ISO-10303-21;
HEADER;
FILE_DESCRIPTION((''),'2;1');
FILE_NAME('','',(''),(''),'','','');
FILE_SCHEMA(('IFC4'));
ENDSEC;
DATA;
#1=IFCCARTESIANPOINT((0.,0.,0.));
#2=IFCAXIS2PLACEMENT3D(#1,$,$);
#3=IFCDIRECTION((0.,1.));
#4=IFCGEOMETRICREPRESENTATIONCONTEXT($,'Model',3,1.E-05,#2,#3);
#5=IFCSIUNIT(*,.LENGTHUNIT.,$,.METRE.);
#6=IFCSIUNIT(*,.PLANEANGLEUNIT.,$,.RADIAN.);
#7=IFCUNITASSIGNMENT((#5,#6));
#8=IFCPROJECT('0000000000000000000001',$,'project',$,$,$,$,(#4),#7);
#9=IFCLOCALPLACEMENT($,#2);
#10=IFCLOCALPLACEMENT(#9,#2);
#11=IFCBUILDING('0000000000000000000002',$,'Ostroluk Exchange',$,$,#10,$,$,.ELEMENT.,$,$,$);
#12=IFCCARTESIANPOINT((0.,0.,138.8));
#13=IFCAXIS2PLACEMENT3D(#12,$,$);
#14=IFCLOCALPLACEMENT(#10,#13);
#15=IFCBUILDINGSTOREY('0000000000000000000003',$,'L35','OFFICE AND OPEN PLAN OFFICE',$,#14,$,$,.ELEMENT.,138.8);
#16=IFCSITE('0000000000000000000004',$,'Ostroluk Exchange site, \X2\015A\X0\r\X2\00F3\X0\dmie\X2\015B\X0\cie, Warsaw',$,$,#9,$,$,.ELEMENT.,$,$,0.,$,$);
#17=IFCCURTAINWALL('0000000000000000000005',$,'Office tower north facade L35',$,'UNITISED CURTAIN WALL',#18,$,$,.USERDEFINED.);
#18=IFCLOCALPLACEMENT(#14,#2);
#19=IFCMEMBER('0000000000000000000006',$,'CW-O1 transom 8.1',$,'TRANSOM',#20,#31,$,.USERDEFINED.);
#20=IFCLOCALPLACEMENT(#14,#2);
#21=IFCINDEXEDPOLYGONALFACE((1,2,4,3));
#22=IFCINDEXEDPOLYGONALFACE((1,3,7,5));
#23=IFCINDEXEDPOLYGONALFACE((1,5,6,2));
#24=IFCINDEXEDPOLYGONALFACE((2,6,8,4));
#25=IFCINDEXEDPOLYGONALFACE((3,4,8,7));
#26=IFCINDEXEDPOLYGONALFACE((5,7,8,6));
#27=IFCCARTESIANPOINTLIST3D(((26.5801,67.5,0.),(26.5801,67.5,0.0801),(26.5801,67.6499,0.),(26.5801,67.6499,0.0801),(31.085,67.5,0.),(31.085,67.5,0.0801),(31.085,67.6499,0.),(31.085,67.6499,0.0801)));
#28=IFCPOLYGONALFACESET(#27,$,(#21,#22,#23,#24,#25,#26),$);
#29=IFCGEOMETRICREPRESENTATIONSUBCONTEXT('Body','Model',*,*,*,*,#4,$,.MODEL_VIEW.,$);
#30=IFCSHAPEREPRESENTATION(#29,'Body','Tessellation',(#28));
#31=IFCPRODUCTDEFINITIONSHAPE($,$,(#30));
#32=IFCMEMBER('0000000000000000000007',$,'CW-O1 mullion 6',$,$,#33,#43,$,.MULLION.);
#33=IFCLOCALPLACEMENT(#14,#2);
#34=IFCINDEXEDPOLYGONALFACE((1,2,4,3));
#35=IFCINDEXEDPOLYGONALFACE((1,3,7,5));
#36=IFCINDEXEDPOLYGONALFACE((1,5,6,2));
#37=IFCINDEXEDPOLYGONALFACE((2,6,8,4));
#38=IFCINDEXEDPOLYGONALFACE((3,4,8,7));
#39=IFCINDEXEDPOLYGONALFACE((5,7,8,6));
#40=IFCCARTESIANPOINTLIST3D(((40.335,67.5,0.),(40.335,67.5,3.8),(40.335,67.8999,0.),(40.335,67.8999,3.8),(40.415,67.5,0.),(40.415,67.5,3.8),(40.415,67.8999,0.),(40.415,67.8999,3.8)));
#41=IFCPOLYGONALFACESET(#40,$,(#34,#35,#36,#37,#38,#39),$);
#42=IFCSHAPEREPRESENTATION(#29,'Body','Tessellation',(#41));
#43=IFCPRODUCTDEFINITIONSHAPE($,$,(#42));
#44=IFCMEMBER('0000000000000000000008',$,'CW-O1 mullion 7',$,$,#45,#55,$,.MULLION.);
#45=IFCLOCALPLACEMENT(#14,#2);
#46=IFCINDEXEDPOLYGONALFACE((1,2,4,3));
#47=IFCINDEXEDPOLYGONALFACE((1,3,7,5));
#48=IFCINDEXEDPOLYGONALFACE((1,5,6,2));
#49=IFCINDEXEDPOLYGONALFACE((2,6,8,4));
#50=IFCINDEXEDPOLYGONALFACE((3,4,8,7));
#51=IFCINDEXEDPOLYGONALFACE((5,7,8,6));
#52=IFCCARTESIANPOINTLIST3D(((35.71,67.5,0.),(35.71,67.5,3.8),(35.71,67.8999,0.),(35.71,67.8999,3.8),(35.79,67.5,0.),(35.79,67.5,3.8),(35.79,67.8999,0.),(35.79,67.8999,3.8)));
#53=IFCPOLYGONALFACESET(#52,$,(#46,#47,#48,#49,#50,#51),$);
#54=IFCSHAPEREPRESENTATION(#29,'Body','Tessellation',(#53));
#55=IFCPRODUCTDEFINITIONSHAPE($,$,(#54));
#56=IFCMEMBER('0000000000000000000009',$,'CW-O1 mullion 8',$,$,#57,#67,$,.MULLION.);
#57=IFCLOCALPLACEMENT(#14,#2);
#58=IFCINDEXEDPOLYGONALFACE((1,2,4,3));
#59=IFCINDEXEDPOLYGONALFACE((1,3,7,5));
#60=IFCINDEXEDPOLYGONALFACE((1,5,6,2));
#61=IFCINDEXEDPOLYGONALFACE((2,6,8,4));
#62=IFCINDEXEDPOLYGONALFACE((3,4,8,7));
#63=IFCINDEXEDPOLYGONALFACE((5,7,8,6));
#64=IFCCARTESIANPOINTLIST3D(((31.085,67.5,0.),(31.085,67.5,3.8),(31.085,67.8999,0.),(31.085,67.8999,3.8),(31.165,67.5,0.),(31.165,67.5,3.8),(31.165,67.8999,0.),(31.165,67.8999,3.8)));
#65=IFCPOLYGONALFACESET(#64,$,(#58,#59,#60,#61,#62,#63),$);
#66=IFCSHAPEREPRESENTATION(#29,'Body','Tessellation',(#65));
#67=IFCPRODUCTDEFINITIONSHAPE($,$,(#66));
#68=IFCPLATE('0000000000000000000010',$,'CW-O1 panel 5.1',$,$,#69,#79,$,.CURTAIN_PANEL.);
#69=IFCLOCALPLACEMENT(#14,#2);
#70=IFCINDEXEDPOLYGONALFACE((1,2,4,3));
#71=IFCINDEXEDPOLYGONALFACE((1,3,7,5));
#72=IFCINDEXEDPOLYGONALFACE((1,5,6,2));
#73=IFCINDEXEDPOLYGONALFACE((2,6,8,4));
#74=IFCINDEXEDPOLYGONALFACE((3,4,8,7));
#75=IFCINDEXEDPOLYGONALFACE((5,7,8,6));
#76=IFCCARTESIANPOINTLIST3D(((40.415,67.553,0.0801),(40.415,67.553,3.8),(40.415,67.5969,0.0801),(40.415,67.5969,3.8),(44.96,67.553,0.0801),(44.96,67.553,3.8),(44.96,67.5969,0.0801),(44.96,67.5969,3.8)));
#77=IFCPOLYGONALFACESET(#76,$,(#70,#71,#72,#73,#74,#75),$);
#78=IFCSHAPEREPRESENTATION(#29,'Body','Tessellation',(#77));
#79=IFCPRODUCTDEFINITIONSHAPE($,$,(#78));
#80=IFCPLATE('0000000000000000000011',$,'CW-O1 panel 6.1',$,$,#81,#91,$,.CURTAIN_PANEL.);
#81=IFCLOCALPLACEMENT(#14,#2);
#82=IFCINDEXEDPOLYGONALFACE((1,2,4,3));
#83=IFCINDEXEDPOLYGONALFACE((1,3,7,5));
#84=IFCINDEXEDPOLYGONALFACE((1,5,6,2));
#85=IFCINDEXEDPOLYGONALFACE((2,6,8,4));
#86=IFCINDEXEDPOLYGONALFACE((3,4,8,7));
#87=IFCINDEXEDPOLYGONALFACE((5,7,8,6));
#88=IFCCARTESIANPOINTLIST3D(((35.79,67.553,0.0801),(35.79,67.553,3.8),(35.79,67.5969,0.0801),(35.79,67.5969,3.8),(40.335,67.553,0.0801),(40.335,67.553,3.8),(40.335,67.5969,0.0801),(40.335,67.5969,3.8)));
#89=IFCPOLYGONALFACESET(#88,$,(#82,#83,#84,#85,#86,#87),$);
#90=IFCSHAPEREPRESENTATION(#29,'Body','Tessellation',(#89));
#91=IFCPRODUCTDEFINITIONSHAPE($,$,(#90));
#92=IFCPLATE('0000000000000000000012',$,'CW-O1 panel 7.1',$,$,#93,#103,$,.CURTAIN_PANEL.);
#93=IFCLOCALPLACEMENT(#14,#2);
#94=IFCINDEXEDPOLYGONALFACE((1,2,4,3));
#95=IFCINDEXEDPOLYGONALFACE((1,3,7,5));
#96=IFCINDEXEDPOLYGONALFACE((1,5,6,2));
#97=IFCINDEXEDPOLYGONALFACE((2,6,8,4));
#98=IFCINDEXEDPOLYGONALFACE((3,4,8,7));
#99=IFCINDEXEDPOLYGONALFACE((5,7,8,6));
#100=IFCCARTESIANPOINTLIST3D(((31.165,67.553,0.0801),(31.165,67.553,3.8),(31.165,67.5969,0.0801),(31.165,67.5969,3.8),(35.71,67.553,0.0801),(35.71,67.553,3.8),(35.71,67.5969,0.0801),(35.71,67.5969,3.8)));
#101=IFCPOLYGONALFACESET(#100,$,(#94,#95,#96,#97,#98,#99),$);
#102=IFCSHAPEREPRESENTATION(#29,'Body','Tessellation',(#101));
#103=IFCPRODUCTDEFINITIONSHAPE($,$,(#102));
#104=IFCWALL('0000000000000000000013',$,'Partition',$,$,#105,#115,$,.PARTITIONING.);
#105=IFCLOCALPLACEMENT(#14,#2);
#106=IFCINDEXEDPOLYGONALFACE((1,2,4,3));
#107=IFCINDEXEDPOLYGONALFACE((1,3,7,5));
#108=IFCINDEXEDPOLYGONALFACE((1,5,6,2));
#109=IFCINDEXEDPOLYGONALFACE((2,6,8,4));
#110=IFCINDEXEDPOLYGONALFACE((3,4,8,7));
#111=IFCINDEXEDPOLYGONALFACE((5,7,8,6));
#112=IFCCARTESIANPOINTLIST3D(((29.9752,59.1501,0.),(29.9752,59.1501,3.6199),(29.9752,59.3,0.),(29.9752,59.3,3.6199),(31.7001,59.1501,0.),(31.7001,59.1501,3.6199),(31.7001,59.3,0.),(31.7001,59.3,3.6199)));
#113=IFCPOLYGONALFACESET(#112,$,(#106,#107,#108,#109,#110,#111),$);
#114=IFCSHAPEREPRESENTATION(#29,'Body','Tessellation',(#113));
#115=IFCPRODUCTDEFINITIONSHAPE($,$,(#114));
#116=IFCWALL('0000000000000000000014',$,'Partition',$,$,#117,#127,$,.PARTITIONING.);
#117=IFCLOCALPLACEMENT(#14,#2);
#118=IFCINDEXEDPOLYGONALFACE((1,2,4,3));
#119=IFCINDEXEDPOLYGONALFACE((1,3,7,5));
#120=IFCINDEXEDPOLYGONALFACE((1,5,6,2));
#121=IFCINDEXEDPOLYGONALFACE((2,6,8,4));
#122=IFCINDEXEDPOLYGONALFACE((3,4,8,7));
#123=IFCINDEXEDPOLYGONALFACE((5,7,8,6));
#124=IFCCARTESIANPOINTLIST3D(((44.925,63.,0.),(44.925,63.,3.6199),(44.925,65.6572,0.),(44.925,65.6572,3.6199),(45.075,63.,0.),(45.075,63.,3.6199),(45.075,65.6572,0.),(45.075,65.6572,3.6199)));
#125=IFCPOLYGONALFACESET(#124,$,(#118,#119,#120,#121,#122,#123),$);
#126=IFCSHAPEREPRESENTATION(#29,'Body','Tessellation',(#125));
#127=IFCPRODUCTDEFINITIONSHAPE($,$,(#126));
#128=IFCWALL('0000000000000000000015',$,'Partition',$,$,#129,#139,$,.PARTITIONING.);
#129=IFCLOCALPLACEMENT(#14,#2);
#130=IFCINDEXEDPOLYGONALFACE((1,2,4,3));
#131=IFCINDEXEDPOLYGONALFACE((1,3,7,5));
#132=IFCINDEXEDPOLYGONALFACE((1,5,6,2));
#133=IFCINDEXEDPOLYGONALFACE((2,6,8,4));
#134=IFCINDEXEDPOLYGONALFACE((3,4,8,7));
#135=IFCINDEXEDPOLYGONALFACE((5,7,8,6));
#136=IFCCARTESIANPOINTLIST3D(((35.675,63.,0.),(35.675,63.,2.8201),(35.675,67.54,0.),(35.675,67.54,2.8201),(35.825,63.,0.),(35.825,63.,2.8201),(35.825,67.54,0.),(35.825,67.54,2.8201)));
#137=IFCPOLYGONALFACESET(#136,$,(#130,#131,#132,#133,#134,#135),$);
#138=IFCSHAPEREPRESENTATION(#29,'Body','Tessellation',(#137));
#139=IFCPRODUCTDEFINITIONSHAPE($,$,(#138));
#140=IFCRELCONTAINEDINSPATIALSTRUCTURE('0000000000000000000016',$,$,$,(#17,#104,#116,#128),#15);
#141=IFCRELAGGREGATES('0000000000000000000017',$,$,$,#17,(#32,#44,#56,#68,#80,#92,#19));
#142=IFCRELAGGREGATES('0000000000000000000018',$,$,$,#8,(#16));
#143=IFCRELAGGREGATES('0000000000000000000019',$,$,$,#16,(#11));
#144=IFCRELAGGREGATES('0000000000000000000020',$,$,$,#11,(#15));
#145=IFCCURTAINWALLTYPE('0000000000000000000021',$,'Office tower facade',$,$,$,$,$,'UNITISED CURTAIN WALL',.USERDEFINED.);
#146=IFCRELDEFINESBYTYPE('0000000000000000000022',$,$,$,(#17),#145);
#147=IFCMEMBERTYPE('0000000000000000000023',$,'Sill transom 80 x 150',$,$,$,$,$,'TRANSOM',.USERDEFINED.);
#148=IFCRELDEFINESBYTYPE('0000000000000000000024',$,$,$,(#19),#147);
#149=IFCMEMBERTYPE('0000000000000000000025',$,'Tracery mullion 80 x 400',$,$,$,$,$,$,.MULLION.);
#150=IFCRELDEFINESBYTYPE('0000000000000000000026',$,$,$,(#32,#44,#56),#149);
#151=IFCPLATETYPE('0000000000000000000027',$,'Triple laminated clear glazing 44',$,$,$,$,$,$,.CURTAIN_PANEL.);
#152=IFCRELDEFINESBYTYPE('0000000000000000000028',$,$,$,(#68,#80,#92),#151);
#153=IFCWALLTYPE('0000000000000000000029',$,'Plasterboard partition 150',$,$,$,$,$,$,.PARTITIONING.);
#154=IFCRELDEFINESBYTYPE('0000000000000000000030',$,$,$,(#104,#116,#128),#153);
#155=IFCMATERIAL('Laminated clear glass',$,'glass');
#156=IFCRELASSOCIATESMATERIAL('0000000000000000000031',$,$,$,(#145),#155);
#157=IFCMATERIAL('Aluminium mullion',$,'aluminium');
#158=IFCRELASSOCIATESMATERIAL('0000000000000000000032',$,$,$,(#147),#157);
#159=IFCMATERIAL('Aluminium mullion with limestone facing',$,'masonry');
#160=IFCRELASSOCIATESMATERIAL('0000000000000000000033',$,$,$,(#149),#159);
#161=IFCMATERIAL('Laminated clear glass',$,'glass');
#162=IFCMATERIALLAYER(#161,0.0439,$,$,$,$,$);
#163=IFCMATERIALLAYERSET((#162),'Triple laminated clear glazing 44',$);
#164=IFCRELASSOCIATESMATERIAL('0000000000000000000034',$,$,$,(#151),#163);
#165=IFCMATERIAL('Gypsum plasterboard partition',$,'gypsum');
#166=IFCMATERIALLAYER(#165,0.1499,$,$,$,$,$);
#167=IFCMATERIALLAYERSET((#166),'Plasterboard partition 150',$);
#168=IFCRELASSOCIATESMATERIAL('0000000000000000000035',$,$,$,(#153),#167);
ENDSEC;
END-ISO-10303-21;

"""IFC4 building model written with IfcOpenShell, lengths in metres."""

from ifc_helpers import new_model, si_unit, direction, frame, frame_2d, origin, origin_2d, place, context, subcontext, project, spatial, rectangle, extrude, material, layer, layer_set, material_profile, profile_set, type_object, element, aggregate, save


model = new_model("IFC4")

# Units and contexts
model_context = context("Model", 3, precision=1e-05, world=origin(), true_north=direction((0.0, 1.0)))
body_context = subcontext(model_context, "Body", "Model", "MODEL_VIEW")
ifc_project = project(units=[si_unit("LENGTHUNIT", "METRE"), si_unit("PLANEANGLEUNIT", "RADIAN")], contexts=[model_context])

# Site, building, storey
site_placement = place(None, origin())
site = spatial("IfcSite", under=ifc_project, at=site_placement, Name="Ostroluk Exchange site, Śródmieście, Warsaw", CompositionType="ELEMENT", RefElevation=0.0)
building_placement = place(site_placement, origin())
building = spatial("IfcBuilding", under=site, at=building_placement, Name="Ostroluk Exchange", CompositionType="ELEMENT")
storey_placement = place(building_placement, frame((0.0, 0.0, 138.8)))
storey = spatial("IfcBuildingStorey", under=building, at=storey_placement, Name="L35", Description="OFFICE AND OPEN PLAN OFFICE", CompositionType="ELEMENT", Elevation=138.8)

# Curtain wall, members, plates
ifc_material_1 = material(Name="Laminated clear glass", Category="glass")
curtain_wall_type = type_object("IfcCurtainWallType", Name="Office tower facade", ElementType="UNITISED CURTAIN WALL", PredefinedType="USERDEFINED", material=ifc_material_1)
curtain_wall_placement = place(storey_placement, origin())
curtain_wall = element("IfcCurtainWall", 1, at=curtain_wall_placement, inside=storey, type_object=curtain_wall_type, Name="Office tower north facade L35", ObjectType="UNITISED CURTAIN WALL", PredefinedType="USERDEFINED")
ifc_material_2 = material(Name="Aluminium mullion", Category="aluminium")
ifc_material_profile_1 = material_profile(ifc_material_2, rectangle(XDim=0.1499, YDim=0.0801, at=origin_2d()), Name="Sill transom 80 x 150")
ifc_profile_set_1 = profile_set([ifc_material_profile_1], Name="Aluminium mullion")
member_type_1 = type_object("IfcMemberType", Name="Sill transom 80 x 150", ElementType="TRANSOM", PredefinedType="USERDEFINED", material=ifc_profile_set_1)
member_1_placement = place(storey_placement, frame((31.085, 67.575, 0.04), z_axis=(-1.0, 0.0, 0.0), x_axis=(0.0, -1.0, 0.0)))
member_1 = element("IfcMember", 2, at=member_1_placement, type_object=member_type_1, Name="CW-O1 transom 8.1", ObjectType="TRANSOM", PredefinedType="USERDEFINED", context=body_context, shape_type="SweptSolid", body=[
    extrude(rectangle(XDim=0.1499, YDim=0.0801, at=origin_2d()), origin(), (0.0, 0.0, 1.0), 4.5049),
])
ifc_material_3 = material(Name="Aluminium mullion with limestone facing", Category="masonry")
ifc_material_profile_2 = material_profile(ifc_material_3, rectangle(XDim=0.3999, YDim=0.0801, at=origin_2d()), Name="Tracery mullion 80 x 400")
ifc_profile_set_2 = profile_set([ifc_material_profile_2], Name="Aluminium mullion with limestone facing")
member_type_2 = type_object("IfcMemberType", Name="Tracery mullion 80 x 400", PredefinedType="MULLION", material=ifc_profile_set_2)
member_2_placement = place(storey_placement, frame((40.375, 67.7, 0.0), z_axis=(0.0, 0.0, 1.0), x_axis=(0.0, -1.0, 0.0)))
member_2 = element("IfcMember", 3, at=member_2_placement, type_object=member_type_2, Name="CW-O1 mullion 6", PredefinedType="MULLION", context=body_context, shape_type="SweptSolid", body=[
    extrude(rectangle(XDim=0.3999, YDim=0.0801, at=origin_2d()), origin(), (0.0, 0.0, 1.0), 3.8),
])
member_3_placement = place(storey_placement, frame((35.75, 67.7, 0.0), z_axis=(0.0, 0.0, 1.0), x_axis=(0.0, -1.0, 0.0)))
member_3 = element("IfcMember", 4, at=member_3_placement, type_object=member_type_2, Name="CW-O1 mullion 7", PredefinedType="MULLION", context=body_context, shape_type="SweptSolid", body=[
    extrude(rectangle(XDim=0.3999, YDim=0.0801, at=origin_2d()), origin(), (0.0, 0.0, 1.0), 3.8),
])
member_4_placement = place(storey_placement, frame((31.125, 67.7, 0.0), z_axis=(0.0, 0.0, 1.0), x_axis=(0.0, -1.0, 0.0)))
member_4 = element("IfcMember", 5, at=member_4_placement, type_object=member_type_2, Name="CW-O1 mullion 8", PredefinedType="MULLION", context=body_context, shape_type="SweptSolid", body=[
    extrude(rectangle(XDim=0.3999, YDim=0.0801, at=origin_2d()), origin(), (0.0, 0.0, 1.0), 3.8),
])
ifc_material_4 = material(Name="Laminated clear glass", Category="glass")
ifc_layer_1 = layer(ifc_material_4, 0.0439)
ifc_layer_set_1 = layer_set([ifc_layer_1], Name="Triple laminated clear glazing 44")
plate_type = type_object("IfcPlateType", Name="Triple laminated clear glazing 44", PredefinedType="CURTAIN_PANEL", material=ifc_layer_set_1)
plate_1_placement = place(storey_placement, frame((42.6875, 67.575, 0.0801), z_axis=(0.0, 0.0, 1.0), x_axis=(-1.0, 0.0, 0.0)))
plate_1 = element("IfcPlate", 6, at=plate_1_placement, type_object=plate_type, Name="CW-O1 panel 5.1", PredefinedType="CURTAIN_PANEL", context=body_context, shape_type="SweptSolid", body=[
    extrude(rectangle(XDim=4.5449, YDim=0.0439, at=origin_2d()), origin(), (0.0, 0.0, 1.0), 3.72),
])
plate_2_placement = place(storey_placement, frame((38.0625, 67.575, 0.0801), z_axis=(0.0, 0.0, 1.0), x_axis=(-1.0, 0.0, 0.0)))
plate_2 = element("IfcPlate", 7, at=plate_2_placement, type_object=plate_type, Name="CW-O1 panel 6.1", PredefinedType="CURTAIN_PANEL", context=body_context, shape_type="SweptSolid", body=[
    extrude(rectangle(XDim=4.5449, YDim=0.0439, at=origin_2d()), origin(), (0.0, 0.0, 1.0), 3.72),
])
plate_3_placement = place(storey_placement, frame((33.4375, 67.575, 0.0801), z_axis=(0.0, 0.0, 1.0), x_axis=(-1.0, 0.0, 0.0)))
plate_3 = element("IfcPlate", 8, at=plate_3_placement, type_object=plate_type, Name="CW-O1 panel 7.1", PredefinedType="CURTAIN_PANEL", context=body_context, shape_type="SweptSolid", body=[
    extrude(rectangle(XDim=4.5449, YDim=0.0439, at=origin_2d()), origin(), (0.0, 0.0, 1.0), 3.72),
])
aggregate(curtain_wall, [member_2, member_3, member_4, plate_1, plate_2, plate_3, member_1])

# Walls
ifc_material_5 = material(Name="Gypsum plasterboard partition", Category="gypsum")
ifc_layer_2 = layer(ifc_material_5, 0.1499)
ifc_layer_set_2 = layer_set([ifc_layer_2], Name="Plasterboard partition 150")
wall_type_1 = type_object("IfcWallType", Name="Plasterboard partition 150", PredefinedType="PARTITIONING", material=ifc_layer_set_2)
wall_1_placement = place(storey_placement, frame((31.7, 59.2251, 0.0), z_axis=(0.0, 0.0, 1.0), x_axis=(-1.0, 0.0, 0.0)))
element("IfcWall", 9, at=wall_1_placement, inside=storey, type_object=wall_type_1, Name="Partition", PredefinedType="PARTITIONING", context=body_context, shape_type="SweptSolid", body=[
    extrude(rectangle(XDim=1.7249, YDim=0.1499, at=frame_2d((0.8623, 0.0))), origin(), (0.0, 0.0, 1.0), 3.6199),
])
wall_2_placement = place(storey_placement, frame((45.0, 63.0, 0.0), z_axis=(0.0, 0.0, 1.0), x_axis=(0.0, 1.0, 0.0)))
element("IfcWall", 10, at=wall_2_placement, inside=storey, type_object=wall_type_1, Name="Partition", PredefinedType="PARTITIONING", context=body_context, shape_type="SweptSolid", body=[
    extrude(rectangle(XDim=2.6572, YDim=0.1499, at=frame_2d((1.3286, 0.0))), origin(), (0.0, 0.0, 1.0), 3.6199),
])
wall_3_placement = place(storey_placement, frame((35.75, 63.0, 0.0), z_axis=(0.0, 0.0, 1.0), x_axis=(0.0, 1.0, 0.0)))
element("IfcWall", 11, at=wall_3_placement, inside=storey, type_object=wall_type_1, Name="Partition", PredefinedType="PARTITIONING", context=body_context, shape_type="SweptSolid", body=[
    extrude(rectangle(XDim=4.54, YDim=0.1499, at=frame_2d((2.27, 0.0))), origin(), (0.0, 0.0, 1.0), 2.8201),
])

save(model, "model.ifc")
